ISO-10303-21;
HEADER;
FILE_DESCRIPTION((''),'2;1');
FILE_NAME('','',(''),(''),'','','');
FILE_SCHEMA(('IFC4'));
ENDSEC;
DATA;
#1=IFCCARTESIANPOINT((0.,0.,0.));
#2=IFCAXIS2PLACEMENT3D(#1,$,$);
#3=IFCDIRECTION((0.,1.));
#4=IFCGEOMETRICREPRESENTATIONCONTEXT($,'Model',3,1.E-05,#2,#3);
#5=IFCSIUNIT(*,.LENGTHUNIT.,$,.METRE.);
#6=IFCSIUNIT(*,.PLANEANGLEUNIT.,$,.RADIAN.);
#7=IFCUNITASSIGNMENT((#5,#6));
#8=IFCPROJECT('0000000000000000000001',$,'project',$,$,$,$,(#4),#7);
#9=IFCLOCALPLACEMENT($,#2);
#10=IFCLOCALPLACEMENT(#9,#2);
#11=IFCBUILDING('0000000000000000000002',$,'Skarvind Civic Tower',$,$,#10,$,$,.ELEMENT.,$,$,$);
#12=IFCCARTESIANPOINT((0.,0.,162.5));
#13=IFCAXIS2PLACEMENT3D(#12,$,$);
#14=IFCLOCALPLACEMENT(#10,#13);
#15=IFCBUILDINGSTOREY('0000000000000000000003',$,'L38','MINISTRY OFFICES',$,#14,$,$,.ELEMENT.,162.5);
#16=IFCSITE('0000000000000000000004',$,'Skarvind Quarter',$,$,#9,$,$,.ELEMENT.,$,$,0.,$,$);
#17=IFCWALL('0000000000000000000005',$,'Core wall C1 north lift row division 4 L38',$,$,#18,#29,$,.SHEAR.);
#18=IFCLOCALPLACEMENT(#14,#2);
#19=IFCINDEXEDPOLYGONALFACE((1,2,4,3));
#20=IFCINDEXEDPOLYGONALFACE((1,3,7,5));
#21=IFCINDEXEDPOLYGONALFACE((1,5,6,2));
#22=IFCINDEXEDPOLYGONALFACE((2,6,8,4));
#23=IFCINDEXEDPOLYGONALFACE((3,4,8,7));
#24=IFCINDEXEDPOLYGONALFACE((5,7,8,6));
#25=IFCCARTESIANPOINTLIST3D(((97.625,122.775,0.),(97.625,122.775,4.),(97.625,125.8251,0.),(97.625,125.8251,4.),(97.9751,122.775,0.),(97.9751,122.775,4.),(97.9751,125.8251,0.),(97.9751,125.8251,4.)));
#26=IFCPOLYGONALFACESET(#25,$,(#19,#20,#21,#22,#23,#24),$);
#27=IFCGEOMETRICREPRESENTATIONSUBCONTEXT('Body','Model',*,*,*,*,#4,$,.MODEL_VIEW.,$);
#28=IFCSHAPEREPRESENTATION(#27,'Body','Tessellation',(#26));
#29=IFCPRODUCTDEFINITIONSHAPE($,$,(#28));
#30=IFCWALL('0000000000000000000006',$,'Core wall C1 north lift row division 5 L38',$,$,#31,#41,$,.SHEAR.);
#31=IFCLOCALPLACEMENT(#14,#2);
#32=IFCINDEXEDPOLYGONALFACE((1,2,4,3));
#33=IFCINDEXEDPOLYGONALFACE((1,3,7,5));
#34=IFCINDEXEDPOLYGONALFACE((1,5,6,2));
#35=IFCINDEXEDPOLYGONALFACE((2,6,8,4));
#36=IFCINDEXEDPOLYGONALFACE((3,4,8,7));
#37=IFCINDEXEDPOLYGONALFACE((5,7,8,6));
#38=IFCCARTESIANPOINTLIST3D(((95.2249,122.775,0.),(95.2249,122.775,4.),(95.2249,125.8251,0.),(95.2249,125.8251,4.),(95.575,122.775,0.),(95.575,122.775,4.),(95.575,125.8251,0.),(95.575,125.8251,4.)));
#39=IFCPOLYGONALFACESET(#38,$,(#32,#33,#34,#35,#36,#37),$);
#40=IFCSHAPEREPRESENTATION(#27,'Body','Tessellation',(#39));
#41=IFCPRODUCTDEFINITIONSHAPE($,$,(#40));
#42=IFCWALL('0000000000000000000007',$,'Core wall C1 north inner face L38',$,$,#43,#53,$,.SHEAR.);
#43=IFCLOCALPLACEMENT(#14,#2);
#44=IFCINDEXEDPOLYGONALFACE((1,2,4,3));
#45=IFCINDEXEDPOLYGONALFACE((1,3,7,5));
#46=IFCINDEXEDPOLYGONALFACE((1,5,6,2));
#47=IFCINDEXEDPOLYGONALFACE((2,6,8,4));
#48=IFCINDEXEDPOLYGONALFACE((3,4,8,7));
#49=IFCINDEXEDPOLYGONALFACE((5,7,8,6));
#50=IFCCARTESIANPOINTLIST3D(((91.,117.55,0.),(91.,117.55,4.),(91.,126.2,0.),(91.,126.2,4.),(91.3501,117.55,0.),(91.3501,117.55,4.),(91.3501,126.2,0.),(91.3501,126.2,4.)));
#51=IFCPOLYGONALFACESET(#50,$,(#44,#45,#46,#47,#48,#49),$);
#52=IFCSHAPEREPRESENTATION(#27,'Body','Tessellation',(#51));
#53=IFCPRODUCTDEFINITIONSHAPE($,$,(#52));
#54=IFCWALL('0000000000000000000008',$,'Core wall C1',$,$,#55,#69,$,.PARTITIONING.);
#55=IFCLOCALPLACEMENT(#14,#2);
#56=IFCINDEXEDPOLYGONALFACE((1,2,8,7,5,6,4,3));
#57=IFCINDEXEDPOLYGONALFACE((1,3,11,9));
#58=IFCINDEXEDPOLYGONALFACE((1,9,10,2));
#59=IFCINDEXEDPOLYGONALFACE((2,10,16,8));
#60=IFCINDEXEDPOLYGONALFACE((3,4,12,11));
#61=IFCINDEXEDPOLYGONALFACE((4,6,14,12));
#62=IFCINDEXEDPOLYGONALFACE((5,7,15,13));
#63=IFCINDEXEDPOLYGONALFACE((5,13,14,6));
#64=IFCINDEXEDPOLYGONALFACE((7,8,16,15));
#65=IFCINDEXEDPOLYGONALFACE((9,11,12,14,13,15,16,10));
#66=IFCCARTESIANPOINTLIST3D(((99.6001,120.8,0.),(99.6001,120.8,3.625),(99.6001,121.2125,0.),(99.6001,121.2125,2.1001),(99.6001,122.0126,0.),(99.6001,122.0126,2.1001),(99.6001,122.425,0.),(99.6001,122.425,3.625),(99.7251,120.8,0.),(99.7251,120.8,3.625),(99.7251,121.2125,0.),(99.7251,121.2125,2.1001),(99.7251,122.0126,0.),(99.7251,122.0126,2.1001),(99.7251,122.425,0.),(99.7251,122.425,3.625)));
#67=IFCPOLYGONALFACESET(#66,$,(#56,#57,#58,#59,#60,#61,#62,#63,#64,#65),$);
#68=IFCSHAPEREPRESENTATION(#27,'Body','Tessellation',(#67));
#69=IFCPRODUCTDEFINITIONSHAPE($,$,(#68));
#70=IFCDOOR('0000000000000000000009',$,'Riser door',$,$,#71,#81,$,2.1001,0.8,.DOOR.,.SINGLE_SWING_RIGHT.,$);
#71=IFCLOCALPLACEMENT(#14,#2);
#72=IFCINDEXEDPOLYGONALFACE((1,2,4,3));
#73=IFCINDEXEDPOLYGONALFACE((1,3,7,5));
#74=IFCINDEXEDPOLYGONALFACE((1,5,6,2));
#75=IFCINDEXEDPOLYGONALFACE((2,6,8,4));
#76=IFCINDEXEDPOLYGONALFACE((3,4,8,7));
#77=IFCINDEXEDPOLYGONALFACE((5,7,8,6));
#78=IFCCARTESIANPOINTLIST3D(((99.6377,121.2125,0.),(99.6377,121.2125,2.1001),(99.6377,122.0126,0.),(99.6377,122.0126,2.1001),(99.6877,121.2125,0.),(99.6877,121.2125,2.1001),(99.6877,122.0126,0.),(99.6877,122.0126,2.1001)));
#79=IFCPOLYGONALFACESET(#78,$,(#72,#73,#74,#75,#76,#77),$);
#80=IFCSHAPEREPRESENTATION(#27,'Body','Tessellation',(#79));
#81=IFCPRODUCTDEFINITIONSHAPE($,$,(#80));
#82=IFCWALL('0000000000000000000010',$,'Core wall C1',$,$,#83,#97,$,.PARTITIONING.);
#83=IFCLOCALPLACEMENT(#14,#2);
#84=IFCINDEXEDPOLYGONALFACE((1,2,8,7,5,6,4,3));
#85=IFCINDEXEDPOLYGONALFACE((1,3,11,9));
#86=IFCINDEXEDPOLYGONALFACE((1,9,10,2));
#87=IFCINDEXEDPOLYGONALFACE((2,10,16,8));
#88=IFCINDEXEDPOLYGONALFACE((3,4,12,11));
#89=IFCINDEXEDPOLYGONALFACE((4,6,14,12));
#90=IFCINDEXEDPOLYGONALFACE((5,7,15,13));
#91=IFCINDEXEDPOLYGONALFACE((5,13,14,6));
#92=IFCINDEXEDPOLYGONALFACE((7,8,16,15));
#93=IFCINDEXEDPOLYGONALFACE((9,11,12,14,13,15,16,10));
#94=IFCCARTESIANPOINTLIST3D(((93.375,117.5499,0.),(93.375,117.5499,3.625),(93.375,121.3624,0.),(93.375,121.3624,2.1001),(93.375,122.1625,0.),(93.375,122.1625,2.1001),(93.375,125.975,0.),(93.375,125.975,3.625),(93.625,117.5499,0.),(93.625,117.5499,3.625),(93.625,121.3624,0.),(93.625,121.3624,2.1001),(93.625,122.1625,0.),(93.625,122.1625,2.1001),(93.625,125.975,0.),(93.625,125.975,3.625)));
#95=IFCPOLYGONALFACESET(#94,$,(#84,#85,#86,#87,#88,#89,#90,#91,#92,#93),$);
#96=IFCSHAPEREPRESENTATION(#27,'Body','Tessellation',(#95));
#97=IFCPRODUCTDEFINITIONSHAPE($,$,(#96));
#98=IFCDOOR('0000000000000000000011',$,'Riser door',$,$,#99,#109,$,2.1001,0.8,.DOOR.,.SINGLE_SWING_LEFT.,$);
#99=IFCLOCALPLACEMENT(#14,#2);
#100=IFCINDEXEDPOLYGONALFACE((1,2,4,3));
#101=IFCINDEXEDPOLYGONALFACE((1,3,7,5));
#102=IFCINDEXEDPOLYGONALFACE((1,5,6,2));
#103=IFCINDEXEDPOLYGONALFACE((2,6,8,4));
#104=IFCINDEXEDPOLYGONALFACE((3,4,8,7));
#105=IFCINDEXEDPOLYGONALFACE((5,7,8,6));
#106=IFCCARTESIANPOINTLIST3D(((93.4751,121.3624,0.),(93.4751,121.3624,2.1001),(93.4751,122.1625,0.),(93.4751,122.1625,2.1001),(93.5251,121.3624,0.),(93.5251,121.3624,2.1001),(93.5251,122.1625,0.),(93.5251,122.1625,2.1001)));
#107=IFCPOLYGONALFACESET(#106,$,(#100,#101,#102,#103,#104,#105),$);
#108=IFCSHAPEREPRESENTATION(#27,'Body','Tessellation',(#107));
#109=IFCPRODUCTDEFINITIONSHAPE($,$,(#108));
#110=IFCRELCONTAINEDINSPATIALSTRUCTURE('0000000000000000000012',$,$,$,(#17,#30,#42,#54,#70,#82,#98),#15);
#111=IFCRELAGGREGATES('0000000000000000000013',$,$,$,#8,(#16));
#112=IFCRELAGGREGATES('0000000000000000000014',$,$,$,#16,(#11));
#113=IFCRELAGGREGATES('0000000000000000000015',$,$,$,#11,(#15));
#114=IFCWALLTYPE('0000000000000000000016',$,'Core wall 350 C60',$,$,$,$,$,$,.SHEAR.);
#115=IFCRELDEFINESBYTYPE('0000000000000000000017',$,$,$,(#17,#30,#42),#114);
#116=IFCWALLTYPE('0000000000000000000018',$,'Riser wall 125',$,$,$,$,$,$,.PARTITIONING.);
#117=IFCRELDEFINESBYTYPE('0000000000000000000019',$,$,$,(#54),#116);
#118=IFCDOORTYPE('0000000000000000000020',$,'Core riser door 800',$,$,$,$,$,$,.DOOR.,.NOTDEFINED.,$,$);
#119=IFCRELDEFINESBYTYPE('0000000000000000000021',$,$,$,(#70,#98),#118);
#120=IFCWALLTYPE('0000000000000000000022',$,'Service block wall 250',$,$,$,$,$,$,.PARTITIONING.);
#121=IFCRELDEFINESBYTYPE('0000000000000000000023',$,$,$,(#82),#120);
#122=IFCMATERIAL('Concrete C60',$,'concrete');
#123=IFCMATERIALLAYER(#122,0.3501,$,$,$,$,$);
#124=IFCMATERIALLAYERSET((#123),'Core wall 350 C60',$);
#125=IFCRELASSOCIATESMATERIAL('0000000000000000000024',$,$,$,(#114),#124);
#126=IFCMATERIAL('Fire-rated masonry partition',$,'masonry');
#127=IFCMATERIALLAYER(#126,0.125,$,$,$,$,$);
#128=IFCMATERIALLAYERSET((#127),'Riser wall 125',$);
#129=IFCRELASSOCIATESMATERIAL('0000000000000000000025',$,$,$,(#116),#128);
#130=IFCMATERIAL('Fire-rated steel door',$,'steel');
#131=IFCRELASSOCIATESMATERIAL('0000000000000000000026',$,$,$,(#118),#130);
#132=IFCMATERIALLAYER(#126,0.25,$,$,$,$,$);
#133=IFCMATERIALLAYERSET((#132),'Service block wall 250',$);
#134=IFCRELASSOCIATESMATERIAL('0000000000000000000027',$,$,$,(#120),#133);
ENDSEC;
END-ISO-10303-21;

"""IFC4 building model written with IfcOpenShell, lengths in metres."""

from ifc_helpers import new_model, si_unit, direction, frame, frame_2d, origin, place, context, subcontext, project, spatial, rectangle, extrude, material, layer, layer_set, type_object, element, fill, save


model = new_model("IFC4")

# Units and contexts
model_context = context("Model", 3, precision=1e-05, world=origin(), true_north=direction((0.0, 1.0)))
body_context = subcontext(model_context, "Body", "Model", "MODEL_VIEW")
ifc_project = project(units=[si_unit("LENGTHUNIT", "METRE"), si_unit("PLANEANGLEUNIT", "RADIAN")], contexts=[model_context])

# Site, building, storey
site_placement = place(None, origin())
site = spatial("IfcSite", under=ifc_project, at=site_placement, Name="Skarvind Quarter", CompositionType="ELEMENT", RefElevation=0.0)
building_placement = place(site_placement, origin())
building = spatial("IfcBuilding", under=site, at=building_placement, Name="Skarvind Civic Tower", CompositionType="ELEMENT")
storey_placement = place(building_placement, frame((0.0, 0.0, 162.5)))
storey = spatial("IfcBuildingStorey", under=building, at=storey_placement, Name="L38", Description="MINISTRY OFFICES", CompositionType="ELEMENT", Elevation=162.5)

# Shared definitions
ifc_material_1 = material(Name="Concrete C60", Category="concrete")

# Shared definitions
ifc_material_2 = material(Name="Fire-rated masonry partition", Category="masonry")
ifc_material_3 = material(Name="Fire-rated steel door", Category="steel")

# Walls
ifc_layer_1 = layer(ifc_material_1, 0.3501)
ifc_layer_set_1 = layer_set([ifc_layer_1], Name="Core wall 350 C60")
wall_type_1 = type_object("IfcWallType", Name="Core wall 350 C60", PredefinedType="SHEAR", material=ifc_layer_set_1)
for number, where, z_axis, x_axis, name in (
    (1, (97.8, 125.825, 0.0), (0.0, 0.0, 1.0), (0.0, -1.0, 0.0), "Core wall C1 north lift row division 4 L38"),
    (2, (95.3999, 125.825, 0.0), (0.0, 0.0, 1.0), (0.0, -1.0, 0.0), "Core wall C1 north lift row division 5 L38"),
):
    element("IfcWall", number, at=place(storey_placement, frame(where, z_axis=z_axis, x_axis=x_axis)), inside=storey, type_object=wall_type_1, Name=name, PredefinedType="SHEAR", context=body_context, shape_type="SweptSolid", body=[
        extrude(rectangle(XDim=3.05, YDim=0.3501, at=frame_2d((1.5249, 0.0))), origin(), (0.0, 0.0, 1.0), 4.0),
    ])
wall_1_placement = place(storey_placement, frame((91.175, 126.2, 0.0), z_axis=(0.0, 0.0, 1.0), x_axis=(0.0, -1.0, 0.0)))
element("IfcWall", 3, at=wall_1_placement, inside=storey, type_object=wall_type_1, Name="Core wall C1 north inner face L38", PredefinedType="SHEAR", context=body_context, shape_type="SweptSolid", body=[
    extrude(rectangle(XDim=8.6499, YDim=0.3501, at=frame_2d((4.325, 0.0))), origin(), (0.0, 0.0, 1.0), 4.0),
])

# Walls, openings, doors
ifc_layer_2 = layer(ifc_material_2, 0.125)
ifc_layer_set_2 = layer_set([ifc_layer_2], Name="Riser wall 125")
wall_type_2 = type_object("IfcWallType", Name="Riser wall 125", PredefinedType="PARTITIONING", material=ifc_layer_set_2)
wall_2_placement = place(storey_placement, frame((99.6626, 120.8, 0.0), z_axis=(0.0, 0.0, 1.0), x_axis=(0.0, 1.0, 0.0)))
wall_2 = element("IfcWall", 4, at=wall_2_placement, inside=storey, type_object=wall_type_2, Name="Core wall C1", PredefinedType="PARTITIONING", context=body_context, shape_type="SweptSolid", body=[
    extrude(rectangle(XDim=1.625, YDim=0.125, at=frame_2d((0.8125, 0.0))), origin(), (0.0, 0.0, 1.0), 3.625),
])
opening_1_placement = place(wall_2_placement, frame((0.4126, 0.0, 0.0)))
opening_1 = element("IfcOpeningElement", 5, at=opening_1_placement, cuts=wall_2, PredefinedType="OPENING", context=body_context, shape_type="SweptSolid", body=[
    extrude(rectangle(XDim=0.8, YDim=2.1001, at=frame_2d((0.3999, 1.05))), frame((0.0, 0.0725, 0.0), z_axis=(0.0, -1.0, 0.0), x_axis=(1.0, 0.0, 0.0)), (0.0, 0.0, 1.0), 0.145),
])
door_type_1 = type_object("IfcDoorType", Name="Core riser door 800", OperationType="NOTDEFINED", PredefinedType="DOOR", material=ifc_material_3)
door_1_placement = place(opening_1_placement, origin())
door_1 = element("IfcDoor", 6, at=door_1_placement, inside=storey, type_object=door_type_1, Name="Riser door", OperationType="SINGLE_SWING_RIGHT", OverallHeight=2.1001, OverallWidth=0.8, PredefinedType="DOOR", context=body_context, shape_type="SweptSolid", body=[
    extrude(rectangle(XDim=0.8, YDim=2.1001, at=frame_2d((0.3999, 1.05))), frame((0.0, 0.0249, 0.0), z_axis=(0.0, -1.0, 0.0), x_axis=(1.0, 0.0, 0.0)), (0.0, 0.0, 1.0), 0.05),
])
fill(opening_1, door_1)
ifc_layer_3 = layer(ifc_material_2, 0.25)
ifc_layer_set_3 = layer_set([ifc_layer_3], Name="Service block wall 250")
wall_type_3 = type_object("IfcWallType", Name="Service block wall 250", PredefinedType="PARTITIONING", material=ifc_layer_set_3)
wall_3_placement = place(storey_placement, frame((93.5, 117.55, 0.0), z_axis=(0.0, 0.0, 1.0), x_axis=(0.0, 1.0, 0.0)))
wall_3 = element("IfcWall", 7, at=wall_3_placement, inside=storey, type_object=wall_type_3, Name="Core wall C1", PredefinedType="PARTITIONING", context=body_context, shape_type="SweptSolid", body=[
    extrude(rectangle(XDim=8.425, YDim=0.25, at=frame_2d((4.2124, 0.0))), origin(), (0.0, 0.0, 1.0), 3.625),
])
opening_2_placement = place(wall_3_placement, frame((3.8125, 0.0, 0.0)))
opening_2 = element("IfcOpeningElement", 8, at=opening_2_placement, cuts=wall_3, PredefinedType="OPENING", context=body_context, shape_type="SweptSolid", body=[
    extrude(rectangle(XDim=0.8, YDim=2.1001, at=frame_2d((0.3999, 1.05))), frame((0.0, 0.135, 0.0), z_axis=(0.0, -1.0, 0.0), x_axis=(1.0, 0.0, 0.0)), (0.0, 0.0, 1.0), 0.27),
])
door_2_placement = place(opening_2_placement, origin())
door_2 = element("IfcDoor", 9, at=door_2_placement, inside=storey, type_object=door_type_1, Name="Riser door", OperationType="SINGLE_SWING_LEFT", OverallHeight=2.1001, OverallWidth=0.8, PredefinedType="DOOR", context=body_context, shape_type="SweptSolid", body=[
    extrude(rectangle(XDim=0.8, YDim=2.1001, at=frame_2d((0.3999, 1.05))), frame((0.0, 0.0249, 0.0), z_axis=(0.0, -1.0, 0.0), x_axis=(1.0, 0.0, 0.0)), (0.0, 0.0, 1.0), 0.05),
])
fill(opening_2, door_2)

save(model, "model.ifc")
